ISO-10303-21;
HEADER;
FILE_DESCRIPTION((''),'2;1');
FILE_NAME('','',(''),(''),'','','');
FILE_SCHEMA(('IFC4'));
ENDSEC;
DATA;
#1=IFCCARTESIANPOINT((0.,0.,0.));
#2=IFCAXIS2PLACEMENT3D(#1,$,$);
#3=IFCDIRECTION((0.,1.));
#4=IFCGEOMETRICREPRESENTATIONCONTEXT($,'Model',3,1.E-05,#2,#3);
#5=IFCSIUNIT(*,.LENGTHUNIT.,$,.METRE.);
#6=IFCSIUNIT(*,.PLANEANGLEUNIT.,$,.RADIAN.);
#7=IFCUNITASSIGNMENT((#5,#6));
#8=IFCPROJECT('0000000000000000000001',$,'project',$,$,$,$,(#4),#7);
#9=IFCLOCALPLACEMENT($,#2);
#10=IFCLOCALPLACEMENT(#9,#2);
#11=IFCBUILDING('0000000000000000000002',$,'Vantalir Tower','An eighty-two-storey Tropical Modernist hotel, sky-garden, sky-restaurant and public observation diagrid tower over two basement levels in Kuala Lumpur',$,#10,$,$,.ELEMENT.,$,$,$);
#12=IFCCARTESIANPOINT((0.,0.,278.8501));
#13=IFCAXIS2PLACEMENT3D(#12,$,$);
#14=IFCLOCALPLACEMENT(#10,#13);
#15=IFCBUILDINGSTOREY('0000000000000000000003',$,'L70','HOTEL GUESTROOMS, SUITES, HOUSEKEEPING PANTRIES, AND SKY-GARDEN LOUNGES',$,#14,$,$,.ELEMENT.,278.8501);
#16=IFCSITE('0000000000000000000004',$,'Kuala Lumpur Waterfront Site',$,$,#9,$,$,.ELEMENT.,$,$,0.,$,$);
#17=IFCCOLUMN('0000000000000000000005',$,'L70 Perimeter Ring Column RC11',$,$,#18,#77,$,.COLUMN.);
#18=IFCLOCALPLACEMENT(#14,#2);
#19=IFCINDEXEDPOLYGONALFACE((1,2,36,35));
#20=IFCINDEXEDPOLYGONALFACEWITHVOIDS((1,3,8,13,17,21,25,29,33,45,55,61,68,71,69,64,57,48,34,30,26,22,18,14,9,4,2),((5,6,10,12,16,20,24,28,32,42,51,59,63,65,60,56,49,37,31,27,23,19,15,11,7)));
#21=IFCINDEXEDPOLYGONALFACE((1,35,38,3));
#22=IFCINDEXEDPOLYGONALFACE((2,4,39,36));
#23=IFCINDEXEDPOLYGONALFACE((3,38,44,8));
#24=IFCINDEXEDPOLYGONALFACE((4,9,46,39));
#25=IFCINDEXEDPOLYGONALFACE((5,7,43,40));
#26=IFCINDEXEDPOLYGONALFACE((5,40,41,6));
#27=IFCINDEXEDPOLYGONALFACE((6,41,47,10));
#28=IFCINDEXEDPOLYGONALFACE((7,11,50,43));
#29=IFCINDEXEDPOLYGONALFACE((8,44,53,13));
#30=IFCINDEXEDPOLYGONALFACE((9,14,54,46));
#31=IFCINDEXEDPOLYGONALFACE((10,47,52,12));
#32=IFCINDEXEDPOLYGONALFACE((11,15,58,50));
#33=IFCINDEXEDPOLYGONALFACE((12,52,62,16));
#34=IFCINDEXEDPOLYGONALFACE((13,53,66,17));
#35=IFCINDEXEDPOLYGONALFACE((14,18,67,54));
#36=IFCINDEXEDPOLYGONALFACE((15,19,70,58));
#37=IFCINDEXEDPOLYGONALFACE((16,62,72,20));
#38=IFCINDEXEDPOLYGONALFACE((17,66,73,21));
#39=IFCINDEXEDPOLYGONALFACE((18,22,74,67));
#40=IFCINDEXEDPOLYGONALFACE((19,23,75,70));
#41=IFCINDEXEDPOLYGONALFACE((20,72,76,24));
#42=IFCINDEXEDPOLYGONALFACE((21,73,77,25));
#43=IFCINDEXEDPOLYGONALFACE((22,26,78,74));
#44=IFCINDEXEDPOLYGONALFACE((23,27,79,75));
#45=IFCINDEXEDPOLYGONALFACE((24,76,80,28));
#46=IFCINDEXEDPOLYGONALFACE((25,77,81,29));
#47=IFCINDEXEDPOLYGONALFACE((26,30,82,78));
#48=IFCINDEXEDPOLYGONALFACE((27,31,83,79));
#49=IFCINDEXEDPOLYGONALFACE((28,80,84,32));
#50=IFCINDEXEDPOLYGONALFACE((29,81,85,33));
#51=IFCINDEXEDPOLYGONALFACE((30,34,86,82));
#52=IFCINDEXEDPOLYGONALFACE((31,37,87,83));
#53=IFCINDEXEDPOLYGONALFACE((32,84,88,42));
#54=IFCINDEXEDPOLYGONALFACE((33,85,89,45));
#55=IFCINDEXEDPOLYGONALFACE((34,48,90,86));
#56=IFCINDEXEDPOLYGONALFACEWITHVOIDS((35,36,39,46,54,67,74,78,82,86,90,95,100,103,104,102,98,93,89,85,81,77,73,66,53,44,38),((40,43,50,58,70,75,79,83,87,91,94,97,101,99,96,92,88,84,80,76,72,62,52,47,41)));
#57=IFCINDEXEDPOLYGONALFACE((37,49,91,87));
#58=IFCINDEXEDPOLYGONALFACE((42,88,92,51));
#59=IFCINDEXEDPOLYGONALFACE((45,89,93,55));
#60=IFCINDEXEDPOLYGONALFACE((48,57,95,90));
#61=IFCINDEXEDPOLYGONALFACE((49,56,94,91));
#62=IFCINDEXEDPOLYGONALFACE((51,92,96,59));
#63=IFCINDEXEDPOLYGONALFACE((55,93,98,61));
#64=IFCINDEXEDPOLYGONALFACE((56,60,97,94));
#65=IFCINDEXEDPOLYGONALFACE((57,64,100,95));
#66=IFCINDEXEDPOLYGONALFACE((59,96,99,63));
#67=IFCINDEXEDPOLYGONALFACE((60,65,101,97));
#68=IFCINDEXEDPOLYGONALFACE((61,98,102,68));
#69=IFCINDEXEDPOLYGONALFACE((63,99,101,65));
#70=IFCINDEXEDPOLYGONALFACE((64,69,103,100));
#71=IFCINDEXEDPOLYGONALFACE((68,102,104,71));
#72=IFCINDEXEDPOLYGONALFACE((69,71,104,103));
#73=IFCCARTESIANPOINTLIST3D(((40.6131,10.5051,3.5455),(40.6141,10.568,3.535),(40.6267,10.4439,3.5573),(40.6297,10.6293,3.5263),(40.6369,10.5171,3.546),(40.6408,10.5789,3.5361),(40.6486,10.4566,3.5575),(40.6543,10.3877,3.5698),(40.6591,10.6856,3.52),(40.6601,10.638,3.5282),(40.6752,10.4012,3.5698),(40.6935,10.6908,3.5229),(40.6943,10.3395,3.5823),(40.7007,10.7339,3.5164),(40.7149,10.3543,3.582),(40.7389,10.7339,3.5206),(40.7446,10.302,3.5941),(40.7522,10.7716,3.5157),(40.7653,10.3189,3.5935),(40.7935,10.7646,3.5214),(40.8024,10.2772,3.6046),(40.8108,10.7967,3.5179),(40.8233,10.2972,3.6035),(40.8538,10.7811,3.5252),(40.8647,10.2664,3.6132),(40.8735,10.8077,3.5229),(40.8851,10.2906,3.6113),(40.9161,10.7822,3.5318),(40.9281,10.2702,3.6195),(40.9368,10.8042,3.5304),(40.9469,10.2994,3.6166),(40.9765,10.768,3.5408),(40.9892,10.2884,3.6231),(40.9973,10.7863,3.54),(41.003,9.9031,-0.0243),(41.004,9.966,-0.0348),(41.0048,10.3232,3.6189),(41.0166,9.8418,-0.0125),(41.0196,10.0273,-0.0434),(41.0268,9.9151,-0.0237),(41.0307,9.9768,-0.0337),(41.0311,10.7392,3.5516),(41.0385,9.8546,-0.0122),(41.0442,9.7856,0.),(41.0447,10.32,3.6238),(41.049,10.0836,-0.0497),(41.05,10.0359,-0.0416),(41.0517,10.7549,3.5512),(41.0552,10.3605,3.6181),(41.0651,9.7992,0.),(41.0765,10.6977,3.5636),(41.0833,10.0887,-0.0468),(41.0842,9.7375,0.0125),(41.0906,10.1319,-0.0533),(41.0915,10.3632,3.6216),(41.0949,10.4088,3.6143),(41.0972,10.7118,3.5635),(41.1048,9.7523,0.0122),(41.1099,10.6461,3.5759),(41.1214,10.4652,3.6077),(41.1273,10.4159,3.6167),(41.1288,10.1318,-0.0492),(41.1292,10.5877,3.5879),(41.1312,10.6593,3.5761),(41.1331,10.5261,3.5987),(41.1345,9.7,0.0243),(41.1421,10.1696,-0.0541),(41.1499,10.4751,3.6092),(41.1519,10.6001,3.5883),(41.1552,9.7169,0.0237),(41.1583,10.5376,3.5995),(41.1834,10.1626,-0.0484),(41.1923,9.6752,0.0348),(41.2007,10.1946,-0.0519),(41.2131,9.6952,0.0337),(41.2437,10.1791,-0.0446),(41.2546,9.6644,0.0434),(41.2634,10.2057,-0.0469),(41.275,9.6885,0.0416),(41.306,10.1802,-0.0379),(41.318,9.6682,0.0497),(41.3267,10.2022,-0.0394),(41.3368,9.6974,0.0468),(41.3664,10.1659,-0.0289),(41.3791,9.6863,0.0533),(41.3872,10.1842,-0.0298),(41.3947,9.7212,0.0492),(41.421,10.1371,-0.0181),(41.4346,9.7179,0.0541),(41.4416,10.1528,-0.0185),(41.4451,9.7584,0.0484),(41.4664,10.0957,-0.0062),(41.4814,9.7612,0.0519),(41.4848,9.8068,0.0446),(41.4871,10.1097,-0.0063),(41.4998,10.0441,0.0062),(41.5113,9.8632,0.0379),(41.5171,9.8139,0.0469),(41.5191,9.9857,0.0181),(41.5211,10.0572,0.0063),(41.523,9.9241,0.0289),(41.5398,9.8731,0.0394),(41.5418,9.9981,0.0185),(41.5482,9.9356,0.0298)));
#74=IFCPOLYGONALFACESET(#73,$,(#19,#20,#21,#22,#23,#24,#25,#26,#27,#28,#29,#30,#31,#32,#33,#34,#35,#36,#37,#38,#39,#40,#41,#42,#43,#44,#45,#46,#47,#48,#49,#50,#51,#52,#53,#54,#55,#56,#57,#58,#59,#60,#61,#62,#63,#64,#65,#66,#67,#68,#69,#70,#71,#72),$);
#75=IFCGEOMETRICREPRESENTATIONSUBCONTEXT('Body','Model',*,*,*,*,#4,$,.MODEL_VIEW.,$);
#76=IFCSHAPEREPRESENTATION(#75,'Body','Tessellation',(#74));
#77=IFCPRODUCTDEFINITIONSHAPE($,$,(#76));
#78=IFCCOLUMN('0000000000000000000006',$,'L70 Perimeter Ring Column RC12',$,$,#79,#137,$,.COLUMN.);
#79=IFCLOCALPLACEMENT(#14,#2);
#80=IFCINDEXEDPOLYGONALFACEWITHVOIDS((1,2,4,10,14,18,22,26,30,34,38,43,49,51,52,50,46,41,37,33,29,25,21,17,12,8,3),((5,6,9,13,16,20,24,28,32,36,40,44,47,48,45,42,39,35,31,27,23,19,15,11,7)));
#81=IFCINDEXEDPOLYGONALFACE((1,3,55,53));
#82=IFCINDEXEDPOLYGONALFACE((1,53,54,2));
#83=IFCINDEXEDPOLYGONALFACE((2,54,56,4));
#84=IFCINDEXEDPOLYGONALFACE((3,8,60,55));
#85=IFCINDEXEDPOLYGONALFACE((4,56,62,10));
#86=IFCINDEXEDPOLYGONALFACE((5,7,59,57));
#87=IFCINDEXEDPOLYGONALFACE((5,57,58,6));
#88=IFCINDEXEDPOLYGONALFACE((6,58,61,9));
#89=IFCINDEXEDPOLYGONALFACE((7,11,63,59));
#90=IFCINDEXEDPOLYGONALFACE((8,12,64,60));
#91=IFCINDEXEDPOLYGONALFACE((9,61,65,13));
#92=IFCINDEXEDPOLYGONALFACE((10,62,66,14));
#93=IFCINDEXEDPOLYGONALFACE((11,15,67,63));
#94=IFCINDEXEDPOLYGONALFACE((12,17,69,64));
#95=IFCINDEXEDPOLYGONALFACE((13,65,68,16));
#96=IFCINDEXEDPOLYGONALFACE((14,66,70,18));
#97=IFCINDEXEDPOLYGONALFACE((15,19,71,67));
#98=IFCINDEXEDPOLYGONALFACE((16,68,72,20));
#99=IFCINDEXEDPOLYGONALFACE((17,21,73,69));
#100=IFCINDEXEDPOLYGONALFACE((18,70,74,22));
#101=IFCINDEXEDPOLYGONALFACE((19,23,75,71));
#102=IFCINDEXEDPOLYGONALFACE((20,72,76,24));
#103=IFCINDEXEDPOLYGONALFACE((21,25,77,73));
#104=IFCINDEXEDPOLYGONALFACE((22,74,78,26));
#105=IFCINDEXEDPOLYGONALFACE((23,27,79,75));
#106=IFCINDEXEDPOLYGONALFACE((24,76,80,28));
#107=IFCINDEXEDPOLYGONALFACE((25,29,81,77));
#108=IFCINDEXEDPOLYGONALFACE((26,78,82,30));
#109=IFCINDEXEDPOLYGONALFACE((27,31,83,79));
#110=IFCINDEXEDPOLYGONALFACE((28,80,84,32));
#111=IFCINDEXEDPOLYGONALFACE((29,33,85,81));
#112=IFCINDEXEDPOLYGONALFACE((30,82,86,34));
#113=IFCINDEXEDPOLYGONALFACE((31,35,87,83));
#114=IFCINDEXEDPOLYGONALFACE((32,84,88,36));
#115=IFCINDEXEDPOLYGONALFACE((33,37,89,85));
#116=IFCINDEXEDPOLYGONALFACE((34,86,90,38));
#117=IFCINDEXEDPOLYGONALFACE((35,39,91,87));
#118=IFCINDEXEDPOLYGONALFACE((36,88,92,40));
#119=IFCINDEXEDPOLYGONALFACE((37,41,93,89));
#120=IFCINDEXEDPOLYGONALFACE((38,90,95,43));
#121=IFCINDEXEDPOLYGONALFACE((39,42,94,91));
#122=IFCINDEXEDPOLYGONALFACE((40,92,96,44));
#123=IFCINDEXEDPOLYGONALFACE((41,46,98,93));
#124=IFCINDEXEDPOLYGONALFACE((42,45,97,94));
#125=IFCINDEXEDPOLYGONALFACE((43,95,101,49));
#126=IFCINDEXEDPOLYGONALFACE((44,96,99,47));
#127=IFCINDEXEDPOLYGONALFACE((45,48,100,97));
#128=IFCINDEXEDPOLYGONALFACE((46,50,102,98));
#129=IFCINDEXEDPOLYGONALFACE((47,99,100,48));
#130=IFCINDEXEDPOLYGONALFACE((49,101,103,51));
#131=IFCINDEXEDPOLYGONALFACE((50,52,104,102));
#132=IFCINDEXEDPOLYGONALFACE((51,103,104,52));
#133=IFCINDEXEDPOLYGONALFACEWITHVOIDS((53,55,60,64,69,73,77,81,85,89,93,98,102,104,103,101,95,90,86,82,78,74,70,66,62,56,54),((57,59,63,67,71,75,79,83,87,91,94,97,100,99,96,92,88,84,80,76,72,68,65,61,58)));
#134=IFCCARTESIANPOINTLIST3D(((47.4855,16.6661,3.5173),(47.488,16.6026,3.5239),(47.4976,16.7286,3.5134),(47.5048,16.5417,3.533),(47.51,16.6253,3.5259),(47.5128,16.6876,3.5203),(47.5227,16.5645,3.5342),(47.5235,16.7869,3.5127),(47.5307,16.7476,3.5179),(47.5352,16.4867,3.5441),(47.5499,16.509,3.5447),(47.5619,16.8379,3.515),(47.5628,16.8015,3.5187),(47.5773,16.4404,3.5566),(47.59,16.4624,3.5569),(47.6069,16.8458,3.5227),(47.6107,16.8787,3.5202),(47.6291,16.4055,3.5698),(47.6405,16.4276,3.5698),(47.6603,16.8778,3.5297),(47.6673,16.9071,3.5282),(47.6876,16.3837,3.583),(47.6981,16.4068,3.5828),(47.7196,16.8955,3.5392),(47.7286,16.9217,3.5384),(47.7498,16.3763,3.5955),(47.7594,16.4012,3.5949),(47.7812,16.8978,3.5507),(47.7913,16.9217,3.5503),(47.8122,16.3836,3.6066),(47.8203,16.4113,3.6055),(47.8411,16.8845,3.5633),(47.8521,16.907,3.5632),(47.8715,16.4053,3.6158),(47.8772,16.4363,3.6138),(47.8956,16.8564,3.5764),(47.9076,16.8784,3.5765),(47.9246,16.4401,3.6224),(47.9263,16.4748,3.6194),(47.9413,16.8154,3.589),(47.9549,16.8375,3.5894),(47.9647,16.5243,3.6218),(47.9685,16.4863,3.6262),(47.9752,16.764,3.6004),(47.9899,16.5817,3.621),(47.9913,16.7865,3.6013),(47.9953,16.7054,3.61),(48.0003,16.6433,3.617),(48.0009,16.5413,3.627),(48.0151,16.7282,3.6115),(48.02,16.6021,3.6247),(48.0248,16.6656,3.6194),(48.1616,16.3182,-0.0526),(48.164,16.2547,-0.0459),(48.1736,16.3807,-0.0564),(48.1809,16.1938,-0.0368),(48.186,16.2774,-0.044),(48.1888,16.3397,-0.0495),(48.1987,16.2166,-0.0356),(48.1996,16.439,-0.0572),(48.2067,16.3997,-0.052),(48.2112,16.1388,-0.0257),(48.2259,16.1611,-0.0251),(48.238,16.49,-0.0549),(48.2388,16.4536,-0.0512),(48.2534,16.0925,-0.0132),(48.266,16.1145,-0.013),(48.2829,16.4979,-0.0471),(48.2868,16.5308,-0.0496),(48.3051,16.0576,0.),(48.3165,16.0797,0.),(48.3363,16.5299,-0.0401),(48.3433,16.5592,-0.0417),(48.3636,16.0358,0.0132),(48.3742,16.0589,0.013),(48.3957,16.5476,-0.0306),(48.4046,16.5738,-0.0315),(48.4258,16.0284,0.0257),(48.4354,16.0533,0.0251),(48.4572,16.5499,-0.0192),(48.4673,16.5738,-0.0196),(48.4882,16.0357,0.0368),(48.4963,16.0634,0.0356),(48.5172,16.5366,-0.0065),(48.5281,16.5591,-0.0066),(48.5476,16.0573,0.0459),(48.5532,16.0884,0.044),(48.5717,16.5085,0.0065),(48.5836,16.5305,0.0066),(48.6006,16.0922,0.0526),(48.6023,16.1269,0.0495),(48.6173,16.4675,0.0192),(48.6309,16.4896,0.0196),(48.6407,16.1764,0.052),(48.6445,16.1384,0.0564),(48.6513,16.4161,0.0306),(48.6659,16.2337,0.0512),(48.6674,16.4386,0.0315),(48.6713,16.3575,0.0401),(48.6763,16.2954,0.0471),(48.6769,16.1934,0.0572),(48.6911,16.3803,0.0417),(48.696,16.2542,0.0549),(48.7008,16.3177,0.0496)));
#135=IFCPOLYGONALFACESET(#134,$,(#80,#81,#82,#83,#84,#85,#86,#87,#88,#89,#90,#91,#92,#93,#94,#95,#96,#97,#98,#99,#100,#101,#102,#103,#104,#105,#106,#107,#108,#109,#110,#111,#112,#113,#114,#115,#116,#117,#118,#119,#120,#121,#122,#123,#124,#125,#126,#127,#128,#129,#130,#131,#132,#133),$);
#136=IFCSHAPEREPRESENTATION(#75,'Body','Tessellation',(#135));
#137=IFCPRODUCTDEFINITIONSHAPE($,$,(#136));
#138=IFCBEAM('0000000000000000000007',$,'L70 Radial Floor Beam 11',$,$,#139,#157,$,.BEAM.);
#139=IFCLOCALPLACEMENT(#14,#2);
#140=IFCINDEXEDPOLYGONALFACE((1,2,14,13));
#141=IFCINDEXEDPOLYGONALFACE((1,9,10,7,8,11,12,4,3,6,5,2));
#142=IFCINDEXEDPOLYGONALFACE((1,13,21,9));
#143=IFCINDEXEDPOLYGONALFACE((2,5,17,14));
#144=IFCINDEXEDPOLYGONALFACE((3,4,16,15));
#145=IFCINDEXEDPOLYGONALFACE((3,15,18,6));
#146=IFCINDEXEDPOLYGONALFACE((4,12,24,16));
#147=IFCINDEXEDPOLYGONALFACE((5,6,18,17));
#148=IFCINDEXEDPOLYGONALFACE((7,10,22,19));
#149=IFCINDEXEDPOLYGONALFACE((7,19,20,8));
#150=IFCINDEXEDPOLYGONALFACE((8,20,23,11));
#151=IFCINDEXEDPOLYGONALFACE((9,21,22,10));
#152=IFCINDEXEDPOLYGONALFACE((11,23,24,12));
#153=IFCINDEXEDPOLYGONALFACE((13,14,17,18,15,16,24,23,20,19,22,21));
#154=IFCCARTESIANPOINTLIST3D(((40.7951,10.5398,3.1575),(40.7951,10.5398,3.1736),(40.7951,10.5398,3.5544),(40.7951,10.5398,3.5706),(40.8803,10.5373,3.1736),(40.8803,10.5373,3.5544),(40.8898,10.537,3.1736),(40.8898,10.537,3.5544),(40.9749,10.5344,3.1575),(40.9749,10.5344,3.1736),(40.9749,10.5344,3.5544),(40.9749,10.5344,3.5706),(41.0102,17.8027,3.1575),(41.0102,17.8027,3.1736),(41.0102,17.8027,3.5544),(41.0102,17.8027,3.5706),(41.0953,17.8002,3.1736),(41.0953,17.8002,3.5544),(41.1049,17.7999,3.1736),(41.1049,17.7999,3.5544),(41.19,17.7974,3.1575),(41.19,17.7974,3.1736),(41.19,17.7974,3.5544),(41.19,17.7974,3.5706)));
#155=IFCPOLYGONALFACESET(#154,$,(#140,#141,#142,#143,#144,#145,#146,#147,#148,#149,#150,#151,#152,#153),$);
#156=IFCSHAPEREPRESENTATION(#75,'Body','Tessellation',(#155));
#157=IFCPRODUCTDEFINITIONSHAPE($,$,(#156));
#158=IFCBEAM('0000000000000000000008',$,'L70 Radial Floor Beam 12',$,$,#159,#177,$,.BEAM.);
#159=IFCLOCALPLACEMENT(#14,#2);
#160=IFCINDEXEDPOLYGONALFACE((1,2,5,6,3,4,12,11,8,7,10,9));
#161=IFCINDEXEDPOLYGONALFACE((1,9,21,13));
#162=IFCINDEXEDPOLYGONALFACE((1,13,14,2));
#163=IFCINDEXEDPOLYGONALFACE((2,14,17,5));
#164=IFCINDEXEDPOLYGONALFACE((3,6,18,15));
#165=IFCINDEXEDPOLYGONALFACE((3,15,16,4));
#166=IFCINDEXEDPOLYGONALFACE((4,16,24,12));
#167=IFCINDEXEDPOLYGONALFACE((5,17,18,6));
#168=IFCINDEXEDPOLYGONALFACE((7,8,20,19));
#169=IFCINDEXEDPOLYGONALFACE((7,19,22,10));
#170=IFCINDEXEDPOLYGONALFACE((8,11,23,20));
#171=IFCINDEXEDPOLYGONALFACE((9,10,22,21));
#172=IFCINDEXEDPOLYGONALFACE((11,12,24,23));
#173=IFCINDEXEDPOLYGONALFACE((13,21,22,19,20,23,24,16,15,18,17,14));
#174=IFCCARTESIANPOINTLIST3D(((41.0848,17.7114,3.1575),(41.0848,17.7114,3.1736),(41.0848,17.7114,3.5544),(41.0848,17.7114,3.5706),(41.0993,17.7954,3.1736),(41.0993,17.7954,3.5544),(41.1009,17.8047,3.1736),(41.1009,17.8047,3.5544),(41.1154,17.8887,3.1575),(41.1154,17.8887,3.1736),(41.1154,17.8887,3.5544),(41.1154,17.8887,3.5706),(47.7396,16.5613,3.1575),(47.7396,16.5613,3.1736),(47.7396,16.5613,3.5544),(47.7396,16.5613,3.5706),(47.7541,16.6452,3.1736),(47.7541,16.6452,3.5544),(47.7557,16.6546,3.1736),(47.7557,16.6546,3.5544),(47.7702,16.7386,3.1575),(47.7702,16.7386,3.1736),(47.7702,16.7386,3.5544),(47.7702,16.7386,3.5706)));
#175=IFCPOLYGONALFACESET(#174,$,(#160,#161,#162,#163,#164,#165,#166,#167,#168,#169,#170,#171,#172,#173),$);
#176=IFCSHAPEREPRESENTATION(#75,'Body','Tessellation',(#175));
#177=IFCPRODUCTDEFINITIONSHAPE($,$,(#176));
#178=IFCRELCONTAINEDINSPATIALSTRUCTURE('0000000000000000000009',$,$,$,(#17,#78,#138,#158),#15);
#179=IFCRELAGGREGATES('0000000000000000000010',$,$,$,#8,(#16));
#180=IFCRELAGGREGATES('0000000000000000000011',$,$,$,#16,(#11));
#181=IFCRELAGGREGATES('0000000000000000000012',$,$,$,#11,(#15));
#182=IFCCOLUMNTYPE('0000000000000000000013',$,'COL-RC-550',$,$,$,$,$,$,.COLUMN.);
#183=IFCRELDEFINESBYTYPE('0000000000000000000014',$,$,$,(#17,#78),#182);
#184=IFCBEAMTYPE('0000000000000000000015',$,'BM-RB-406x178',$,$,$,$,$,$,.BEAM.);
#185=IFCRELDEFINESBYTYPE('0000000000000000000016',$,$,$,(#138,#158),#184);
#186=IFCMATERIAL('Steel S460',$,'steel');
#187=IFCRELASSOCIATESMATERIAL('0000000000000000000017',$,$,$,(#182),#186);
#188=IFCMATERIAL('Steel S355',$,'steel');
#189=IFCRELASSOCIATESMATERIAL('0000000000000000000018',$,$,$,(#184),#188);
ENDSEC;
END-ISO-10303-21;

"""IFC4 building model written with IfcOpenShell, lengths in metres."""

from ifc_helpers import new_model, si_unit, direction, frame, origin, origin_2d, place, context, subcontext, project, spatial, hollow_circle, i_section, extrude, material, material_profile, profile_set, type_object, element, save


model = new_model("IFC4")

# Units and contexts
model_context = context("Model", 3, precision=1e-05, world=origin(), true_north=direction((0.0, 1.0)))
body_context = subcontext(model_context, "Body", "Model", "MODEL_VIEW")
ifc_project = project(units=[si_unit("LENGTHUNIT", "METRE"), si_unit("PLANEANGLEUNIT", "RADIAN")], contexts=[model_context])

# Site, building, storey
site_placement = place(None, origin())
site = spatial("IfcSite", under=ifc_project, at=site_placement, Name="Kuala Lumpur Waterfront Site", CompositionType="ELEMENT", RefElevation=0.0)
building_placement = place(site_placement, origin())
building = spatial("IfcBuilding", under=site, at=building_placement, Name="Vantalir Tower", Description="An eighty-two-storey Tropical Modernist hotel, sky-garden, sky-restaurant and public observation diagrid tower over two basement levels in Kuala Lumpur", CompositionType="ELEMENT")
storey_placement = place(building_placement, frame((0.0, 0.0, 278.8501)))
storey = spatial("IfcBuildingStorey", under=building, at=storey_placement, Name="L70", Description="HOTEL GUESTROOMS, SUITES, HOUSEKEEPING PANTRIES, AND SKY-GARDEN LOUNGES", CompositionType="ELEMENT", Elevation=278.8501)

# Columns
ifc_material_1 = material(Name="Steel S460", Category="steel")
ifc_material_profile_1 = material_profile(ifc_material_1, hollow_circle(Radius=0.2749, WallThickness=0.0249, at=origin_2d()), Name="Steel S460")
ifc_profile_set_1 = profile_set([ifc_material_profile_1], Name="Steel S460")
column_type = type_object("IfcColumnType", Name="COL-RC-550", PredefinedType="COLUMN", material=ifc_profile_set_1)
column_1_placement = place(storey_placement, frame((41.2749, 9.9351, 0.0), z_axis=(-0.107079, 0.165345, 0.980406), x_axis=(-0.83936, -0.543576, 0.0)))
element("IfcColumn", 1, at=column_1_placement, inside=storey, type_object=column_type, Name="L70 Perimeter Ring Column RC11", PredefinedType="COLUMN", context=body_context, shape_type="SweptSolid", body=[
    extrude(hollow_circle(Radius=0.2749, WallThickness=0.0249, at=origin_2d()), origin(), (0.0, 0.0, 1.0), 3.6411),
])
column_2_placement = place(storey_placement, frame((48.4309, 16.302, 0.0), z_axis=(-0.185218, 0.095318, 0.978064), x_axis=(-0.457587, -0.889165, 0.0)))
element("IfcColumn", 2, at=column_2_placement, inside=storey, type_object=column_type, Name="L70 Perimeter Ring Column RC12", PredefinedType="COLUMN", context=body_context, shape_type="SweptSolid", body=[
    extrude(hollow_circle(Radius=0.2749, WallThickness=0.0249, at=origin_2d()), origin(), (0.0, 0.0, 1.0), 3.6499),
])

# Beams
ifc_material_2 = material(Name="Steel S355", Category="steel")
ifc_material_profile_2 = material_profile(ifc_material_2, i_section(OverallWidth=0.1799, OverallDepth=0.4131, WebThickness=0.0095, FlangeThickness=0.0161, at=origin_2d()), Name="Steel S355")
ifc_profile_set_2 = profile_set([ifc_material_profile_2], Name="Steel S355")
beam_type_1 = type_object("IfcBeamType", Name="BM-RB-406x178", PredefinedType="BEAM", material=ifc_profile_set_2)
beam_1_placement = place(storey_placement, frame((40.885, 10.5371, 3.364), z_axis=(0.029601, 0.999562, 0.0), x_axis=(-0.999562, 0.029601, 0.0)))
element("IfcBeam", 3, at=beam_1_placement, inside=storey, type_object=beam_type_1, Name="L70 Radial Floor Beam 11", PredefinedType="BEAM", context=body_context, shape_type="SweptSolid", body=[
    extrude(i_section(OverallWidth=0.1799, OverallDepth=0.4131, WebThickness=0.0095, FlangeThickness=0.0161, at=origin_2d()), origin(), (0.0, 0.0, 1.0), 7.2661),
])
beam_2_placement = place(storey_placement, frame((47.7549, 16.6499, 3.364), z_axis=(-0.985391, 0.170305, 0.0), x_axis=(-0.170305, -0.985391, 0.0)))
element("IfcBeam", 4, at=beam_2_placement, inside=storey, type_object=beam_type_1, Name="L70 Radial Floor Beam 12", PredefinedType="BEAM", context=body_context, shape_type="SweptSolid", body=[
    extrude(i_section(OverallWidth=0.1799, OverallDepth=0.4131, WebThickness=0.0095, FlangeThickness=0.0161, at=origin_2d()), origin(), (0.0, 0.0, 1.0), 6.7534),
])

save(model, "model.ifc")
